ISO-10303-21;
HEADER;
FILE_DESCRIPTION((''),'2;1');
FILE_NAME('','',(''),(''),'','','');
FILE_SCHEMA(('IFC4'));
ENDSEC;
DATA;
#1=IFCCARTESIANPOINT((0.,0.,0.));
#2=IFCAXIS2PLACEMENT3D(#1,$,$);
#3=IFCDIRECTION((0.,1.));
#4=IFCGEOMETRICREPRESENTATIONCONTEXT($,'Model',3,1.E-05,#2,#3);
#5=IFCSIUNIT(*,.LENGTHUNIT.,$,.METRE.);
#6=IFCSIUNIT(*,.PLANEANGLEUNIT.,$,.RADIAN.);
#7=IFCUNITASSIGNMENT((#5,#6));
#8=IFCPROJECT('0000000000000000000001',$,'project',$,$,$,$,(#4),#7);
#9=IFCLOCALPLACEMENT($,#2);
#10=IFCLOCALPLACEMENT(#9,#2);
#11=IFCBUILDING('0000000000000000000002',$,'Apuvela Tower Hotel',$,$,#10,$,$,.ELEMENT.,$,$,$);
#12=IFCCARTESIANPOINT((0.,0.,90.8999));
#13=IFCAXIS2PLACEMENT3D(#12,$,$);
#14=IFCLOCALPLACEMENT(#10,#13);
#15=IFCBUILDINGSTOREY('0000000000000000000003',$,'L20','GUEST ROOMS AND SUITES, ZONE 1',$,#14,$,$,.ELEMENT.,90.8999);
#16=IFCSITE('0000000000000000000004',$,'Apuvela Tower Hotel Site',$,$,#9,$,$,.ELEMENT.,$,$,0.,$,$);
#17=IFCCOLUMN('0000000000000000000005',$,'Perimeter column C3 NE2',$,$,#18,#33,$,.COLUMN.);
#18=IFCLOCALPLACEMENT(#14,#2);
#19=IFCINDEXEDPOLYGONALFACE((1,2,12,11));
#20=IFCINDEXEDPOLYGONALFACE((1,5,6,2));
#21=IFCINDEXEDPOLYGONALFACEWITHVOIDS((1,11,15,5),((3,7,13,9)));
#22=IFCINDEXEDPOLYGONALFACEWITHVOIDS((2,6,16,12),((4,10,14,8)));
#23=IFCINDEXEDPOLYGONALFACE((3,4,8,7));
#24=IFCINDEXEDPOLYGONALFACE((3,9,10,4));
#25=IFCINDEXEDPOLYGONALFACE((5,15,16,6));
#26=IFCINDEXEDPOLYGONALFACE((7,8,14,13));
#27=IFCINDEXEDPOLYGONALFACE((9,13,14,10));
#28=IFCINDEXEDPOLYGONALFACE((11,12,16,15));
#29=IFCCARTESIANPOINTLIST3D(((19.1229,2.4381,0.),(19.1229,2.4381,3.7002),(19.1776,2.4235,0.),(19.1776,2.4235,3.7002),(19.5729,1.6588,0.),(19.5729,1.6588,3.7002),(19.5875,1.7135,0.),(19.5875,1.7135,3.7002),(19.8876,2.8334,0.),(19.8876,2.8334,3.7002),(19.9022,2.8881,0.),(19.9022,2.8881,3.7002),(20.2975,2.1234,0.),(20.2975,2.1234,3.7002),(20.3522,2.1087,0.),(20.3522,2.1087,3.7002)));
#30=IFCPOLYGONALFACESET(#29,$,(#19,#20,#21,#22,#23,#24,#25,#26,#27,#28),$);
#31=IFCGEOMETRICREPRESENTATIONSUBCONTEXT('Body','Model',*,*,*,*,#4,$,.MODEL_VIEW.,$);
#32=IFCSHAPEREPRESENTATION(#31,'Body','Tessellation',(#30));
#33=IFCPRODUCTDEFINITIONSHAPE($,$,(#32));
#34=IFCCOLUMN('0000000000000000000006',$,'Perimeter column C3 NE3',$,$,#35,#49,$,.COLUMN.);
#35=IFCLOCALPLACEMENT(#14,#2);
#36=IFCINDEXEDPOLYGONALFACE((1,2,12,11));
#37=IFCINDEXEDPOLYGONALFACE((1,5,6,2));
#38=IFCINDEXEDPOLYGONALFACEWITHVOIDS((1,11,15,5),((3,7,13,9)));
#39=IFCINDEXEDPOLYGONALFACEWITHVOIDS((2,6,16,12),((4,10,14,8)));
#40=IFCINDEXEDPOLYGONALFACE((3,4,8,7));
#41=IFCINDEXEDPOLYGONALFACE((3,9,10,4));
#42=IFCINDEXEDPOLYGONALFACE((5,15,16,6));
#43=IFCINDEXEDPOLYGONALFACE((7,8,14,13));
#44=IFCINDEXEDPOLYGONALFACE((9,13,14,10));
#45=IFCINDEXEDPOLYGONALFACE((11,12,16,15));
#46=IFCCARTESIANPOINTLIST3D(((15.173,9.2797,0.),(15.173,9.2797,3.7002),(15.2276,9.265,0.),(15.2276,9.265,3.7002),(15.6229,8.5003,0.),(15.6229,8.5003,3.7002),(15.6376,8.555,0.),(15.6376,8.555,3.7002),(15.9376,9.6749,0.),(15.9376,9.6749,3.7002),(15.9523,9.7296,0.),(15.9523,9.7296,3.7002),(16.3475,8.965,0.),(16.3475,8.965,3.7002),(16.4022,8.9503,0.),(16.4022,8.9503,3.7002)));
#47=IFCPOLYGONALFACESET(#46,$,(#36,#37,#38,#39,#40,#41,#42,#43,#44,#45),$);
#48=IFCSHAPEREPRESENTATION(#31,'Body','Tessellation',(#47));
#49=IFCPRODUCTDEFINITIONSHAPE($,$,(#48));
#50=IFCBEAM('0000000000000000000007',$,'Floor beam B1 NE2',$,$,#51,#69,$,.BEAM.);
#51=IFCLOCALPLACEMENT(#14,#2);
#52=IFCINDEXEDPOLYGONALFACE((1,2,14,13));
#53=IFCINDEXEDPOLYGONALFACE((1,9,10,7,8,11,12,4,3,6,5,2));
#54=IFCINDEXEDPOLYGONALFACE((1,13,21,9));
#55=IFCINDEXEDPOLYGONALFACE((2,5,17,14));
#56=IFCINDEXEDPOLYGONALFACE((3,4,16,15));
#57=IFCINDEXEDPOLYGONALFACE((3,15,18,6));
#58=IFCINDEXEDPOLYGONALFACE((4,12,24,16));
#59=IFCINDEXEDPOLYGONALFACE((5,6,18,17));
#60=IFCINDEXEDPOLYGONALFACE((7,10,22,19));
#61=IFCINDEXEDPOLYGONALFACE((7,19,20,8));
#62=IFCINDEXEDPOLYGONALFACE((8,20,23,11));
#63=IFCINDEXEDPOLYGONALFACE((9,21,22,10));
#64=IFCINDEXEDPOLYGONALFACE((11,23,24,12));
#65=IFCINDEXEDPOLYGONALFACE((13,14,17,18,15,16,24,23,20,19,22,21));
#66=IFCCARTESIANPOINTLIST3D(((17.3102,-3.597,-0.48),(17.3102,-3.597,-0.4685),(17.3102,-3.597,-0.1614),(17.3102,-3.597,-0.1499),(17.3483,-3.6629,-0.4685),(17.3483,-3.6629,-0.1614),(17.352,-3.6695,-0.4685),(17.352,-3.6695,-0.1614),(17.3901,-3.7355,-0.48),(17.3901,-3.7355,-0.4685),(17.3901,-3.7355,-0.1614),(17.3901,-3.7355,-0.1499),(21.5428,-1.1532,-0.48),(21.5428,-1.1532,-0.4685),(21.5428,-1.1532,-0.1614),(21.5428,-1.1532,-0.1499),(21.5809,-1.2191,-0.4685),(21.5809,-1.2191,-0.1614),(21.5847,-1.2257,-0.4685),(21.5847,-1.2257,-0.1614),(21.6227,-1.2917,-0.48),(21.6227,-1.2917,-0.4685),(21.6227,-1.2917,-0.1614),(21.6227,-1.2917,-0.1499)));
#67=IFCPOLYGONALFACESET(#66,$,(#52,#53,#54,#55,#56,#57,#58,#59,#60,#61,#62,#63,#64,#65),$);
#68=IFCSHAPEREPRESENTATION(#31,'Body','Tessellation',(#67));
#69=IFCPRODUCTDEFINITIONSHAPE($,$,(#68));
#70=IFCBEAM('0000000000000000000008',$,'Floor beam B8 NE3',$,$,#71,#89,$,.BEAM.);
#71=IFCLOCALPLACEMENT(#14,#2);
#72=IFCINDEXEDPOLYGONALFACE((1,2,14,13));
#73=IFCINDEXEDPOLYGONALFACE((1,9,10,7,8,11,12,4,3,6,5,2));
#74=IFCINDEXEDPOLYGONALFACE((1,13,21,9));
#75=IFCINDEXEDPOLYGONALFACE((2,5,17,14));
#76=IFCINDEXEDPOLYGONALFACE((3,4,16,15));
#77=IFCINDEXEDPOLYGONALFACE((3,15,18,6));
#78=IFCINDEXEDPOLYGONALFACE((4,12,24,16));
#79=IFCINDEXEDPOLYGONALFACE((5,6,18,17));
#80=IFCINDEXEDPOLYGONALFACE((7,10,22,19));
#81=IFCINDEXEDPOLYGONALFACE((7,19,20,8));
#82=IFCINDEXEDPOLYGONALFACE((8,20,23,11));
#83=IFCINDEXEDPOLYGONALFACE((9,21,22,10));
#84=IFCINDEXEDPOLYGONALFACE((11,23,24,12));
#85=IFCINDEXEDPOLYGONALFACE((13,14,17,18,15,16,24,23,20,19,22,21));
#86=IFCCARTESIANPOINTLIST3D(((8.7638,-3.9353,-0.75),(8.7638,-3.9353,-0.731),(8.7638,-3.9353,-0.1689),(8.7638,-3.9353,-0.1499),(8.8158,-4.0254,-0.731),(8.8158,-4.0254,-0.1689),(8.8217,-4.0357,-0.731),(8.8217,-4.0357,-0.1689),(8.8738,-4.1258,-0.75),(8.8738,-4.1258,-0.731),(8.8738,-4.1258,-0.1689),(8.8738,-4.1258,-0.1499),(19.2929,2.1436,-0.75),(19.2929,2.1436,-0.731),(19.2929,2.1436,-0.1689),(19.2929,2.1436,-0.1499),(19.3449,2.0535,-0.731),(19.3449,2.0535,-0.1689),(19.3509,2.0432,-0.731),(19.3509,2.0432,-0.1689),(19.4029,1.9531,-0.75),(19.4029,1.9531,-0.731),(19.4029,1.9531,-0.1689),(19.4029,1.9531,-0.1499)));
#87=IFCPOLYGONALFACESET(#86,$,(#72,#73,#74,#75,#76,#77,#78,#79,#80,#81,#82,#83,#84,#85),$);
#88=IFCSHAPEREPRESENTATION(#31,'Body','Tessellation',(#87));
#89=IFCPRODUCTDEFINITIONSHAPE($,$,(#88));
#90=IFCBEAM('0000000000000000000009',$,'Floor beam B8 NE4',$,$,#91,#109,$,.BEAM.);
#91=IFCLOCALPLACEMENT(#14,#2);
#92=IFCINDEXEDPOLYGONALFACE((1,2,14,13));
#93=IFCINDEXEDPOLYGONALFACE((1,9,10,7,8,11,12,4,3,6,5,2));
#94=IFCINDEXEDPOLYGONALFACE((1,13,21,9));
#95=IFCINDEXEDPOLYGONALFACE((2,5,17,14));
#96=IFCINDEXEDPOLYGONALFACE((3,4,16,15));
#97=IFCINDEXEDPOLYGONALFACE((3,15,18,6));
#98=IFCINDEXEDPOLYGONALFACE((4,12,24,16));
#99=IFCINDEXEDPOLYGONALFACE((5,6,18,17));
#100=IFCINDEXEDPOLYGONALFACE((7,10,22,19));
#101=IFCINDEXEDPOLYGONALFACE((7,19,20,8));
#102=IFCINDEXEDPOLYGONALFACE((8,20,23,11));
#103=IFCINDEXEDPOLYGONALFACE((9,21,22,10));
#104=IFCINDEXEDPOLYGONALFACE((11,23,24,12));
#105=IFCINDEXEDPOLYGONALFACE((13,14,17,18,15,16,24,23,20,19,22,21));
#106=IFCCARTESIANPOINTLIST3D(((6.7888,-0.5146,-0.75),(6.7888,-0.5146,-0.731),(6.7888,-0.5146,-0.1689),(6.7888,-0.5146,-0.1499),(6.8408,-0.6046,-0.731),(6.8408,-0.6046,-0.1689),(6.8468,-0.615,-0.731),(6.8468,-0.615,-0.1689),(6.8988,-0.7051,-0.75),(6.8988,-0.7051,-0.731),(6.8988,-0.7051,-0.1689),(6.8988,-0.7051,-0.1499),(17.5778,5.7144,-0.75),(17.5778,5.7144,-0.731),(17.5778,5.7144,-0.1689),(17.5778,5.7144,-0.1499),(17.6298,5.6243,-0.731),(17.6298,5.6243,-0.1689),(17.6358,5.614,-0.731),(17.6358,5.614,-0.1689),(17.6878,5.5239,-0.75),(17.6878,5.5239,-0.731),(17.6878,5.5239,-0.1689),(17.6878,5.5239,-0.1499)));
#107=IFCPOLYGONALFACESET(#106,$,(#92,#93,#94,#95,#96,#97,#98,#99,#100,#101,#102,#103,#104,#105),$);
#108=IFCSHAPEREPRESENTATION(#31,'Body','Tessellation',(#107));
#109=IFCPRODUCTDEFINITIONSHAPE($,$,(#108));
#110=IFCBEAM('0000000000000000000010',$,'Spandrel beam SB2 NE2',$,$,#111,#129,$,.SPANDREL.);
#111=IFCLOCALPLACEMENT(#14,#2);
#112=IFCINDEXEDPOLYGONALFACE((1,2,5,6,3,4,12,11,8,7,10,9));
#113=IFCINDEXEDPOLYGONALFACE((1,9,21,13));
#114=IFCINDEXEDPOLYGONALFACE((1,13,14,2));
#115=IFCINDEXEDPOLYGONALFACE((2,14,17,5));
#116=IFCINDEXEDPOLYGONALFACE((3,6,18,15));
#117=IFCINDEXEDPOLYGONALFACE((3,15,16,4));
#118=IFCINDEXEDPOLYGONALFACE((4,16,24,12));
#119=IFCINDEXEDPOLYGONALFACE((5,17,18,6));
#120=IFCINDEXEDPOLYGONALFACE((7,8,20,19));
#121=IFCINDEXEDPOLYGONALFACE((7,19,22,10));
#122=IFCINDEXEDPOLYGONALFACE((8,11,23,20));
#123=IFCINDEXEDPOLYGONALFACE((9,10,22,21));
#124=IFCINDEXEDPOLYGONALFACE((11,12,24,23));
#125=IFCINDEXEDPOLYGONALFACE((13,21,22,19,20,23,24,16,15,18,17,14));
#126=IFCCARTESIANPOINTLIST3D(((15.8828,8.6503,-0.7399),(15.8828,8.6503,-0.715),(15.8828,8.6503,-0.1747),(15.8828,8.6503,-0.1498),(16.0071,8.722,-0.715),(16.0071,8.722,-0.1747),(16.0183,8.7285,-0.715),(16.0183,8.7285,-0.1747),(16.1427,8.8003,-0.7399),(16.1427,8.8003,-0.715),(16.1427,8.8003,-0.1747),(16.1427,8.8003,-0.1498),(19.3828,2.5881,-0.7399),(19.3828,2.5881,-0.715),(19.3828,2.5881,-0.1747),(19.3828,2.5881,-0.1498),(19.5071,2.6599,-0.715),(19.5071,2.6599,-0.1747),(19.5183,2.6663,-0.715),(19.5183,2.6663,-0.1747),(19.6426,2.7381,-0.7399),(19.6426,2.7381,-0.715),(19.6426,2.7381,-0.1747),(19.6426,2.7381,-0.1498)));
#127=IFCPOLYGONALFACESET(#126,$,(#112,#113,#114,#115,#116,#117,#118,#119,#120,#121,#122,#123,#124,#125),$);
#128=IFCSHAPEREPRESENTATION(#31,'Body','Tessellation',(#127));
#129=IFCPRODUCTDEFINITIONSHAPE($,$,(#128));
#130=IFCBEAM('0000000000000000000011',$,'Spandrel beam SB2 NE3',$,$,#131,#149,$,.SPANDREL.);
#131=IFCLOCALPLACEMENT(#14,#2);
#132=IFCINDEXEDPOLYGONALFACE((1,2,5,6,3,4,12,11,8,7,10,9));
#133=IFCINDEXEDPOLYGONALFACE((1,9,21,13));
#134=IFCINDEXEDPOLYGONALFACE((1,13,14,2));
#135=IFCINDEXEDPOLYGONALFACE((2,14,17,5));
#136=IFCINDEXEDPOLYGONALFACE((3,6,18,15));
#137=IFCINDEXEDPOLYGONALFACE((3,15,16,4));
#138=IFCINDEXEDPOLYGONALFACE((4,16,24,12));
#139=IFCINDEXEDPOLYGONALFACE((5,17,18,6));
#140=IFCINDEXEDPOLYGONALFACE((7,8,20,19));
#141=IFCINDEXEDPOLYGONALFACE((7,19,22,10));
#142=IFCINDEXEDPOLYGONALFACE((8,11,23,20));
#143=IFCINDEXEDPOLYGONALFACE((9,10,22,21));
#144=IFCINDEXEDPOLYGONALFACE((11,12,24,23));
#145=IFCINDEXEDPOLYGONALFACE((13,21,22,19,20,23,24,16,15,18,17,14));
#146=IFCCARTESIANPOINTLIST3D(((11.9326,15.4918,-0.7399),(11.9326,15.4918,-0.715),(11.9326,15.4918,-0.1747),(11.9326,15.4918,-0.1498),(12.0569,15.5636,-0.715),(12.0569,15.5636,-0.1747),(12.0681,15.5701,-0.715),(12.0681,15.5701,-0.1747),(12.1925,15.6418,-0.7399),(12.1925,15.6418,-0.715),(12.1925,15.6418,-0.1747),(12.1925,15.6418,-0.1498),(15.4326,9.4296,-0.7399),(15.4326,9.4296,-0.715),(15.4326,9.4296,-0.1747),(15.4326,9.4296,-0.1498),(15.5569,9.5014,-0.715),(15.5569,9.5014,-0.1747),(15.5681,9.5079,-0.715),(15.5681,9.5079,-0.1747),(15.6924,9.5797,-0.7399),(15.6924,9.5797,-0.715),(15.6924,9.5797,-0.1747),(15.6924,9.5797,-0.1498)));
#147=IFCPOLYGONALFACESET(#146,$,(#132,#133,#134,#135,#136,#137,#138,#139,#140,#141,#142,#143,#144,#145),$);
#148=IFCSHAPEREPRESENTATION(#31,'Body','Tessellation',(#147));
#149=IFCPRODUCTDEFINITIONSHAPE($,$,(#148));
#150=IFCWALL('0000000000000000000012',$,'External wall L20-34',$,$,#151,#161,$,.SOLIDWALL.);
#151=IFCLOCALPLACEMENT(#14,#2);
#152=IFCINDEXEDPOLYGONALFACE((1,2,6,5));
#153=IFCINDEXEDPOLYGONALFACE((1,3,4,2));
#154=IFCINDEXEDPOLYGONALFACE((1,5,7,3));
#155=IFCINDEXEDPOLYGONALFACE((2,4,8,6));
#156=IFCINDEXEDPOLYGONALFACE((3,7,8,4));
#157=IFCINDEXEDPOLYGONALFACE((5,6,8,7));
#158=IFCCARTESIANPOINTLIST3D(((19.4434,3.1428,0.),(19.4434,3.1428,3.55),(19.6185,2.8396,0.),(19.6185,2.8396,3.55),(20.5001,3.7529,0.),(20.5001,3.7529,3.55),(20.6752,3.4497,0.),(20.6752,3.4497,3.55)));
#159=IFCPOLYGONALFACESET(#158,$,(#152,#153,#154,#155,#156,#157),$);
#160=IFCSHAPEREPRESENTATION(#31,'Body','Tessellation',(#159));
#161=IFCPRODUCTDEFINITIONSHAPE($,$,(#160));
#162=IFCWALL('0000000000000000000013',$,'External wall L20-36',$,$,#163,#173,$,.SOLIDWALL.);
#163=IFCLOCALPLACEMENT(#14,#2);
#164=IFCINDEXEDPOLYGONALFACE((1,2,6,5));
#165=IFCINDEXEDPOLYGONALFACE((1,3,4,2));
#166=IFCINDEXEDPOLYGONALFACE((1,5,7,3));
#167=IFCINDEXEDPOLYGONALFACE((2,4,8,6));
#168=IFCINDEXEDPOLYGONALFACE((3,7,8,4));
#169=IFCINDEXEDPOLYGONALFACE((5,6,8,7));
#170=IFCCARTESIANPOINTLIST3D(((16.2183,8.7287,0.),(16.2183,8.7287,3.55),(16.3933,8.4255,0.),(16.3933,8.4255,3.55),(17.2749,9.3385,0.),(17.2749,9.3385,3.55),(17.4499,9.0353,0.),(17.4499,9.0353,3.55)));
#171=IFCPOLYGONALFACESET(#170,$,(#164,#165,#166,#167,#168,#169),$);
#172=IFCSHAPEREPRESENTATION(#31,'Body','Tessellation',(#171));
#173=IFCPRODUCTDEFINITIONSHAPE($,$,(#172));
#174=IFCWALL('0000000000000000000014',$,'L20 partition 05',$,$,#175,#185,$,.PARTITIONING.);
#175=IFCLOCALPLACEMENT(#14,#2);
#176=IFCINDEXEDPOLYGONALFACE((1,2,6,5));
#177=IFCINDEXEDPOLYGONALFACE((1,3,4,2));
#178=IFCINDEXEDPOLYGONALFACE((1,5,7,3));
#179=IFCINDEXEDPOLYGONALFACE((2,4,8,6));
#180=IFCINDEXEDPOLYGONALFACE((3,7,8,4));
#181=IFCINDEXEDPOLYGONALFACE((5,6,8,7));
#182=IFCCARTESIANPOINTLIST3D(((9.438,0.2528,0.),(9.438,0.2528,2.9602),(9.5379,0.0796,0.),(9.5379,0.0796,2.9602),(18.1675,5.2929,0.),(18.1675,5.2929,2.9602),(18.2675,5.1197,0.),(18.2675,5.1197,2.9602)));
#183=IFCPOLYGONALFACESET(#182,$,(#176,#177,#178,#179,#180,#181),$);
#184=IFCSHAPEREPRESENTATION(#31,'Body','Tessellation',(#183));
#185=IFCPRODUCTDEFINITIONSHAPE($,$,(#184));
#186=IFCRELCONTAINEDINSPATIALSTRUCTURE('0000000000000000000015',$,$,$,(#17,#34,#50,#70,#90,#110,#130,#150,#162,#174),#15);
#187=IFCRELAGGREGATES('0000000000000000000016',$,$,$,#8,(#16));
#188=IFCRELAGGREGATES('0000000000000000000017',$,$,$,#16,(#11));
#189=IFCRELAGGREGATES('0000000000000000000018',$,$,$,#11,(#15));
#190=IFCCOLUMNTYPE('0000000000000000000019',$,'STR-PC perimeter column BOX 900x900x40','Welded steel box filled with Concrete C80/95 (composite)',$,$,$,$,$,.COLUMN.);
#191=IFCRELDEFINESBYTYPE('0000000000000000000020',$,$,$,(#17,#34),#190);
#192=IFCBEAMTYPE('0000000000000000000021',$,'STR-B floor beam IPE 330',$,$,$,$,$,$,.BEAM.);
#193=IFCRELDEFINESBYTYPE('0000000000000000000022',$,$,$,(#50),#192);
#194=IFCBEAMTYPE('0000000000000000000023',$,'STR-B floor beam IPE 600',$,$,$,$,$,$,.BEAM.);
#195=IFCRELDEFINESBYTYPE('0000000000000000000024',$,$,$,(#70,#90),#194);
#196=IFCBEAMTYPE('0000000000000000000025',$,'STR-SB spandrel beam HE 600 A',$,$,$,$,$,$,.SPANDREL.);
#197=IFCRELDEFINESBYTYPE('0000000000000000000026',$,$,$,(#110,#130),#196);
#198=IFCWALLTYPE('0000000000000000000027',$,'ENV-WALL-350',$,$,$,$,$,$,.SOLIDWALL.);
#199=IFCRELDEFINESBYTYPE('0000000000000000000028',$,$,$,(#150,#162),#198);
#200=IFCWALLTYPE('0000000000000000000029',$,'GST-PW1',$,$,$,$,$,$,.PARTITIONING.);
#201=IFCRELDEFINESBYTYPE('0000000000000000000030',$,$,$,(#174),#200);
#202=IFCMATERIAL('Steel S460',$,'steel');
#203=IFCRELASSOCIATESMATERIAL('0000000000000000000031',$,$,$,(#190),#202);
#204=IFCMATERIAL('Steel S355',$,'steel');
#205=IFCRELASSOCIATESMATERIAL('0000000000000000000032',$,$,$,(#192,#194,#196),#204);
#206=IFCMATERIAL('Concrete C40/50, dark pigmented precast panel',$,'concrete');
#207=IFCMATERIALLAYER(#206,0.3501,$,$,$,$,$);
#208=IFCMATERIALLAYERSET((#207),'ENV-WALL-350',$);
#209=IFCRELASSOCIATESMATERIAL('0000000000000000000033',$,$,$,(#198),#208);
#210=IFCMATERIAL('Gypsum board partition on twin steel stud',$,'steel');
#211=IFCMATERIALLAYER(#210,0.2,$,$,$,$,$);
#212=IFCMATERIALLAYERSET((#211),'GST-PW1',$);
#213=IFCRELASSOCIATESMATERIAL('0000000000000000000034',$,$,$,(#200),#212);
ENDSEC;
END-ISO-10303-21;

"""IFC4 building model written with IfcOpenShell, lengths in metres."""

from ifc_helpers import new_model, si_unit, direction, frame, frame_2d, origin, origin_2d, place, context, subcontext, project, spatial, rectangle, hollow_rectangle, i_section, extrude, material, layer, layer_set, material_profile, profile_set, type_object, element, save


model = new_model("IFC4")

# Units and contexts
model_context = context("Model", 3, precision=1e-05, world=origin(), true_north=direction((0.0, 1.0)))
body_context = subcontext(model_context, "Body", "Model", "MODEL_VIEW")
ifc_project = project(units=[si_unit("LENGTHUNIT", "METRE"), si_unit("PLANEANGLEUNIT", "RADIAN")], contexts=[model_context])

# Site, building, storey
site_placement = place(None, origin())
site = spatial("IfcSite", under=ifc_project, at=site_placement, Name="Apuvela Tower Hotel Site", CompositionType="ELEMENT", RefElevation=0.0)
building_placement = place(site_placement, origin())
building = spatial("IfcBuilding", under=site, at=building_placement, Name="Apuvela Tower Hotel", CompositionType="ELEMENT")
storey_placement = place(building_placement, frame((0.0, 0.0, 90.8999)))
storey = spatial("IfcBuildingStorey", under=building, at=storey_placement, Name="L20", Description="GUEST ROOMS AND SUITES, ZONE 1", CompositionType="ELEMENT", Elevation=90.8999)

# Columns
ifc_material_1 = material(Name="Steel S460", Category="steel")
ifc_material_profile_1 = material_profile(ifc_material_1, hollow_rectangle(XDim=0.8999, YDim=0.8999, WallThickness=0.04, at=origin_2d()), Name="BOX 900x900x40")
ifc_material_2 = material(Name="Concrete C80/95", Category="concrete")
ifc_material_profile_2 = material_profile(ifc_material_2, rectangle(XDim=0.8201, YDim=0.8201, at=origin_2d()), Name="Concrete C80/95 infill")
ifc_profile_set_1 = profile_set([ifc_material_profile_1, ifc_material_profile_2], Name="Steel S460")
column_type = type_object("IfcColumnType", Name="STR-PC perimeter column BOX 900x900x40", Description="Welded steel box filled with Concrete C80/95 (composite)", PredefinedType="COLUMN", material=ifc_profile_set_1)
for number, where, z_axis, x_axis, name in (
    (1, (19.7375, 2.2734, 0.0), (0.0, 0.0, 1.0), (-0.5, 0.866025, 0.0), "Perimeter column C3 NE2"),
    (2, (15.7876, 9.115, 0.0), (0.0, 0.0, 1.0), (-0.5, 0.866025, 0.0), "Perimeter column C3 NE3"),
):
    element("IfcColumn", number, at=place(storey_placement, frame(where, z_axis=z_axis, x_axis=x_axis)), inside=storey, type_object=column_type, Name=name, PredefinedType="COLUMN", context=body_context, shape_type="SweptSolid", body=[
        extrude(hollow_rectangle(XDim=0.8999, YDim=0.8999, WallThickness=0.04, at=origin_2d()), origin(), (0.0, 0.0, 1.0), 3.7002),
    ])

# Beams
ifc_material_3 = material(Name="Steel S355", Category="steel")
ifc_material_profile_3 = material_profile(ifc_material_3, i_section(OverallWidth=0.1599, OverallDepth=0.3301, WebThickness=0.0076, FlangeThickness=0.0115, at=origin_2d()), Name="IPE 330")
ifc_profile_set_2 = profile_set([ifc_material_profile_3], Name="Steel S355")
beam_type_1 = type_object("IfcBeamType", Name="STR-B floor beam IPE 330", PredefinedType="BEAM", material=ifc_profile_set_2)
beam_1_placement = place(storey_placement, frame((21.5828, -1.2224, -0.3149), z_axis=(-0.866015, -0.500018, 0.0), x_axis=(0.500018, -0.866015, 0.0)))
element("IfcBeam", 3, at=beam_1_placement, inside=storey, type_object=beam_type_1, Name="Floor beam B1 NE2", PredefinedType="BEAM", context=body_context, shape_type="SweptSolid", body=[
    extrude(i_section(OverallWidth=0.1599, OverallDepth=0.3301, WebThickness=0.0076, FlangeThickness=0.0115, at=origin_2d()), origin(), (0.0, 0.0, 1.0), 4.8875),
])
ifc_material_profile_4 = material_profile(ifc_material_3, i_section(OverallWidth=0.22, OverallDepth=0.6001, WebThickness=0.012, FlangeThickness=0.019, at=origin_2d()), Name="IPE 600")
ifc_profile_set_3 = profile_set([ifc_material_profile_4], Name="Steel S355")
beam_type_2 = type_object("IfcBeamType", Name="STR-B floor beam IPE 600", PredefinedType="BEAM", material=ifc_profile_set_3)
beam_2_placement = place(storey_placement, frame((19.3479, 2.0483, -0.45), z_axis=(-0.866029, -0.499994, 0.0), x_axis=(0.499994, -0.866029, 0.0)))
element("IfcBeam", 4, at=beam_2_placement, inside=storey, type_object=beam_type_2, Name="Floor beam B8 NE3", PredefinedType="BEAM", context=body_context, shape_type="SweptSolid", body=[
    extrude(i_section(OverallWidth=0.22, OverallDepth=0.6001, WebThickness=0.012, FlangeThickness=0.019, at=origin_2d()), origin(), (0.0, 0.0, 1.0), 12.158),
])
beam_3_placement = place(storey_placement, frame((17.6328, 5.6191, -0.45), z_axis=(-0.866028, -0.499996, 0.0), x_axis=(0.499996, -0.866028, 0.0)))
element("IfcBeam", 5, at=beam_3_placement, inside=storey, type_object=beam_type_2, Name="Floor beam B8 NE4", PredefinedType="BEAM", context=body_context, shape_type="SweptSolid", body=[
    extrude(i_section(OverallWidth=0.22, OverallDepth=0.6001, WebThickness=0.012, FlangeThickness=0.019, at=origin_2d()), origin(), (0.0, 0.0, 1.0), 12.458),
])
ifc_material_profile_5 = material_profile(ifc_material_3, i_section(OverallWidth=0.3, OverallDepth=0.5901, WebThickness=0.0129, FlangeThickness=0.0249, at=origin_2d()), Name="HE 600 A")
ifc_profile_set_4 = profile_set([ifc_material_profile_5], Name="Steel S355")
beam_type_3 = type_object("IfcBeamType", Name="STR-SB spandrel beam HE 600 A", PredefinedType="SPANDREL", material=ifc_profile_set_4)
for number, where, z_axis, x_axis, name in (
    (6, (19.5127, 2.6631, -0.4448), (-0.499995, 0.866028, 0.0), (-0.866028, -0.499995, 0.0), "Spandrel beam SB2 NE2"),
    (7, (15.5625, 9.5046, -0.4448), (-0.499995, 0.866028, 0.0), (-0.866028, -0.499995, 0.0), "Spandrel beam SB2 NE3"),
):
    element("IfcBeam", number, at=place(storey_placement, frame(where, z_axis=z_axis, x_axis=x_axis)), inside=storey, type_object=beam_type_3, Name=name, PredefinedType="SPANDREL", context=body_context, shape_type="SweptSolid", body=[
        extrude(i_section(OverallWidth=0.3, OverallDepth=0.5901, WebThickness=0.0129, FlangeThickness=0.0249, at=origin_2d()), origin(), (0.0, 0.0, 1.0), 7.0),
    ])

# Wall
ifc_material_4 = material(Name="Concrete C40/50, dark pigmented precast panel", Category="concrete")
ifc_layer_1 = layer(ifc_material_4, 0.3501)
ifc_layer_set_1 = layer_set([ifc_layer_1], Name="ENV-WALL-350")
wall_type_1 = type_object("IfcWallType", Name="ENV-WALL-350", PredefinedType="SOLIDWALL", material=ifc_layer_set_1)
wall_1_placement = place(storey_placement, frame((20.5876, 3.6013, 0.0), z_axis=(0.0, 0.0, 1.0), x_axis=(-0.866006, -0.500034, 0.0)))
element("IfcWall", 8, at=wall_1_placement, inside=storey, type_object=wall_type_1, Name="External wall L20-34", PredefinedType="SOLIDWALL", context=body_context, shape_type="SweptSolid", body=[
    extrude(rectangle(XDim=1.2202, YDim=0.3501, at=frame_2d((0.6101, 0.0))), origin(), (0.0, 0.0, 1.0), 3.55),
])

# Wall
wall_2_placement = place(storey_placement, frame((16.3059, 8.5771, 0.0), z_axis=(0.0, 0.0, 1.0), x_axis=(0.866092, 0.499884, 0.0)))
element("IfcWall", 9, at=wall_2_placement, inside=storey, type_object=wall_type_1, Name="External wall L20-36", PredefinedType="SOLIDWALL", context=body_context, shape_type="SweptSolid", body=[
    extrude(rectangle(XDim=1.22, YDim=0.3501, at=frame_2d((0.6099, 0.0))), origin(), (0.0, 0.0, 1.0), 3.55),
])

# Wall
ifc_material_5 = material(Name="Gypsum board partition on twin steel stud", Category="steel")
ifc_layer_2 = layer(ifc_material_5, 0.2)
ifc_layer_set_2 = layer_set([ifc_layer_2], Name="GST-PW1")
wall_type_2 = type_object("IfcWallType", Name="GST-PW1", PredefinedType="PARTITIONING", material=ifc_layer_set_2)
wall_3_placement = place(storey_placement, frame((18.2175, 5.2063, 0.0), z_axis=(0.0, 0.0, 1.0), x_axis=(-0.866023, -0.500005, 0.0)))
element("IfcWall", 10, at=wall_3_placement, inside=storey, type_object=wall_type_2, Name="L20 partition 05", PredefinedType="PARTITIONING", context=body_context, shape_type="SweptSolid", body=[
    extrude(rectangle(XDim=10.0801, YDim=0.2, at=frame_2d((5.04, 0.0))), origin(), (0.0, 0.0, 1.0), 2.9602),
])

save(model, "model.ifc")
